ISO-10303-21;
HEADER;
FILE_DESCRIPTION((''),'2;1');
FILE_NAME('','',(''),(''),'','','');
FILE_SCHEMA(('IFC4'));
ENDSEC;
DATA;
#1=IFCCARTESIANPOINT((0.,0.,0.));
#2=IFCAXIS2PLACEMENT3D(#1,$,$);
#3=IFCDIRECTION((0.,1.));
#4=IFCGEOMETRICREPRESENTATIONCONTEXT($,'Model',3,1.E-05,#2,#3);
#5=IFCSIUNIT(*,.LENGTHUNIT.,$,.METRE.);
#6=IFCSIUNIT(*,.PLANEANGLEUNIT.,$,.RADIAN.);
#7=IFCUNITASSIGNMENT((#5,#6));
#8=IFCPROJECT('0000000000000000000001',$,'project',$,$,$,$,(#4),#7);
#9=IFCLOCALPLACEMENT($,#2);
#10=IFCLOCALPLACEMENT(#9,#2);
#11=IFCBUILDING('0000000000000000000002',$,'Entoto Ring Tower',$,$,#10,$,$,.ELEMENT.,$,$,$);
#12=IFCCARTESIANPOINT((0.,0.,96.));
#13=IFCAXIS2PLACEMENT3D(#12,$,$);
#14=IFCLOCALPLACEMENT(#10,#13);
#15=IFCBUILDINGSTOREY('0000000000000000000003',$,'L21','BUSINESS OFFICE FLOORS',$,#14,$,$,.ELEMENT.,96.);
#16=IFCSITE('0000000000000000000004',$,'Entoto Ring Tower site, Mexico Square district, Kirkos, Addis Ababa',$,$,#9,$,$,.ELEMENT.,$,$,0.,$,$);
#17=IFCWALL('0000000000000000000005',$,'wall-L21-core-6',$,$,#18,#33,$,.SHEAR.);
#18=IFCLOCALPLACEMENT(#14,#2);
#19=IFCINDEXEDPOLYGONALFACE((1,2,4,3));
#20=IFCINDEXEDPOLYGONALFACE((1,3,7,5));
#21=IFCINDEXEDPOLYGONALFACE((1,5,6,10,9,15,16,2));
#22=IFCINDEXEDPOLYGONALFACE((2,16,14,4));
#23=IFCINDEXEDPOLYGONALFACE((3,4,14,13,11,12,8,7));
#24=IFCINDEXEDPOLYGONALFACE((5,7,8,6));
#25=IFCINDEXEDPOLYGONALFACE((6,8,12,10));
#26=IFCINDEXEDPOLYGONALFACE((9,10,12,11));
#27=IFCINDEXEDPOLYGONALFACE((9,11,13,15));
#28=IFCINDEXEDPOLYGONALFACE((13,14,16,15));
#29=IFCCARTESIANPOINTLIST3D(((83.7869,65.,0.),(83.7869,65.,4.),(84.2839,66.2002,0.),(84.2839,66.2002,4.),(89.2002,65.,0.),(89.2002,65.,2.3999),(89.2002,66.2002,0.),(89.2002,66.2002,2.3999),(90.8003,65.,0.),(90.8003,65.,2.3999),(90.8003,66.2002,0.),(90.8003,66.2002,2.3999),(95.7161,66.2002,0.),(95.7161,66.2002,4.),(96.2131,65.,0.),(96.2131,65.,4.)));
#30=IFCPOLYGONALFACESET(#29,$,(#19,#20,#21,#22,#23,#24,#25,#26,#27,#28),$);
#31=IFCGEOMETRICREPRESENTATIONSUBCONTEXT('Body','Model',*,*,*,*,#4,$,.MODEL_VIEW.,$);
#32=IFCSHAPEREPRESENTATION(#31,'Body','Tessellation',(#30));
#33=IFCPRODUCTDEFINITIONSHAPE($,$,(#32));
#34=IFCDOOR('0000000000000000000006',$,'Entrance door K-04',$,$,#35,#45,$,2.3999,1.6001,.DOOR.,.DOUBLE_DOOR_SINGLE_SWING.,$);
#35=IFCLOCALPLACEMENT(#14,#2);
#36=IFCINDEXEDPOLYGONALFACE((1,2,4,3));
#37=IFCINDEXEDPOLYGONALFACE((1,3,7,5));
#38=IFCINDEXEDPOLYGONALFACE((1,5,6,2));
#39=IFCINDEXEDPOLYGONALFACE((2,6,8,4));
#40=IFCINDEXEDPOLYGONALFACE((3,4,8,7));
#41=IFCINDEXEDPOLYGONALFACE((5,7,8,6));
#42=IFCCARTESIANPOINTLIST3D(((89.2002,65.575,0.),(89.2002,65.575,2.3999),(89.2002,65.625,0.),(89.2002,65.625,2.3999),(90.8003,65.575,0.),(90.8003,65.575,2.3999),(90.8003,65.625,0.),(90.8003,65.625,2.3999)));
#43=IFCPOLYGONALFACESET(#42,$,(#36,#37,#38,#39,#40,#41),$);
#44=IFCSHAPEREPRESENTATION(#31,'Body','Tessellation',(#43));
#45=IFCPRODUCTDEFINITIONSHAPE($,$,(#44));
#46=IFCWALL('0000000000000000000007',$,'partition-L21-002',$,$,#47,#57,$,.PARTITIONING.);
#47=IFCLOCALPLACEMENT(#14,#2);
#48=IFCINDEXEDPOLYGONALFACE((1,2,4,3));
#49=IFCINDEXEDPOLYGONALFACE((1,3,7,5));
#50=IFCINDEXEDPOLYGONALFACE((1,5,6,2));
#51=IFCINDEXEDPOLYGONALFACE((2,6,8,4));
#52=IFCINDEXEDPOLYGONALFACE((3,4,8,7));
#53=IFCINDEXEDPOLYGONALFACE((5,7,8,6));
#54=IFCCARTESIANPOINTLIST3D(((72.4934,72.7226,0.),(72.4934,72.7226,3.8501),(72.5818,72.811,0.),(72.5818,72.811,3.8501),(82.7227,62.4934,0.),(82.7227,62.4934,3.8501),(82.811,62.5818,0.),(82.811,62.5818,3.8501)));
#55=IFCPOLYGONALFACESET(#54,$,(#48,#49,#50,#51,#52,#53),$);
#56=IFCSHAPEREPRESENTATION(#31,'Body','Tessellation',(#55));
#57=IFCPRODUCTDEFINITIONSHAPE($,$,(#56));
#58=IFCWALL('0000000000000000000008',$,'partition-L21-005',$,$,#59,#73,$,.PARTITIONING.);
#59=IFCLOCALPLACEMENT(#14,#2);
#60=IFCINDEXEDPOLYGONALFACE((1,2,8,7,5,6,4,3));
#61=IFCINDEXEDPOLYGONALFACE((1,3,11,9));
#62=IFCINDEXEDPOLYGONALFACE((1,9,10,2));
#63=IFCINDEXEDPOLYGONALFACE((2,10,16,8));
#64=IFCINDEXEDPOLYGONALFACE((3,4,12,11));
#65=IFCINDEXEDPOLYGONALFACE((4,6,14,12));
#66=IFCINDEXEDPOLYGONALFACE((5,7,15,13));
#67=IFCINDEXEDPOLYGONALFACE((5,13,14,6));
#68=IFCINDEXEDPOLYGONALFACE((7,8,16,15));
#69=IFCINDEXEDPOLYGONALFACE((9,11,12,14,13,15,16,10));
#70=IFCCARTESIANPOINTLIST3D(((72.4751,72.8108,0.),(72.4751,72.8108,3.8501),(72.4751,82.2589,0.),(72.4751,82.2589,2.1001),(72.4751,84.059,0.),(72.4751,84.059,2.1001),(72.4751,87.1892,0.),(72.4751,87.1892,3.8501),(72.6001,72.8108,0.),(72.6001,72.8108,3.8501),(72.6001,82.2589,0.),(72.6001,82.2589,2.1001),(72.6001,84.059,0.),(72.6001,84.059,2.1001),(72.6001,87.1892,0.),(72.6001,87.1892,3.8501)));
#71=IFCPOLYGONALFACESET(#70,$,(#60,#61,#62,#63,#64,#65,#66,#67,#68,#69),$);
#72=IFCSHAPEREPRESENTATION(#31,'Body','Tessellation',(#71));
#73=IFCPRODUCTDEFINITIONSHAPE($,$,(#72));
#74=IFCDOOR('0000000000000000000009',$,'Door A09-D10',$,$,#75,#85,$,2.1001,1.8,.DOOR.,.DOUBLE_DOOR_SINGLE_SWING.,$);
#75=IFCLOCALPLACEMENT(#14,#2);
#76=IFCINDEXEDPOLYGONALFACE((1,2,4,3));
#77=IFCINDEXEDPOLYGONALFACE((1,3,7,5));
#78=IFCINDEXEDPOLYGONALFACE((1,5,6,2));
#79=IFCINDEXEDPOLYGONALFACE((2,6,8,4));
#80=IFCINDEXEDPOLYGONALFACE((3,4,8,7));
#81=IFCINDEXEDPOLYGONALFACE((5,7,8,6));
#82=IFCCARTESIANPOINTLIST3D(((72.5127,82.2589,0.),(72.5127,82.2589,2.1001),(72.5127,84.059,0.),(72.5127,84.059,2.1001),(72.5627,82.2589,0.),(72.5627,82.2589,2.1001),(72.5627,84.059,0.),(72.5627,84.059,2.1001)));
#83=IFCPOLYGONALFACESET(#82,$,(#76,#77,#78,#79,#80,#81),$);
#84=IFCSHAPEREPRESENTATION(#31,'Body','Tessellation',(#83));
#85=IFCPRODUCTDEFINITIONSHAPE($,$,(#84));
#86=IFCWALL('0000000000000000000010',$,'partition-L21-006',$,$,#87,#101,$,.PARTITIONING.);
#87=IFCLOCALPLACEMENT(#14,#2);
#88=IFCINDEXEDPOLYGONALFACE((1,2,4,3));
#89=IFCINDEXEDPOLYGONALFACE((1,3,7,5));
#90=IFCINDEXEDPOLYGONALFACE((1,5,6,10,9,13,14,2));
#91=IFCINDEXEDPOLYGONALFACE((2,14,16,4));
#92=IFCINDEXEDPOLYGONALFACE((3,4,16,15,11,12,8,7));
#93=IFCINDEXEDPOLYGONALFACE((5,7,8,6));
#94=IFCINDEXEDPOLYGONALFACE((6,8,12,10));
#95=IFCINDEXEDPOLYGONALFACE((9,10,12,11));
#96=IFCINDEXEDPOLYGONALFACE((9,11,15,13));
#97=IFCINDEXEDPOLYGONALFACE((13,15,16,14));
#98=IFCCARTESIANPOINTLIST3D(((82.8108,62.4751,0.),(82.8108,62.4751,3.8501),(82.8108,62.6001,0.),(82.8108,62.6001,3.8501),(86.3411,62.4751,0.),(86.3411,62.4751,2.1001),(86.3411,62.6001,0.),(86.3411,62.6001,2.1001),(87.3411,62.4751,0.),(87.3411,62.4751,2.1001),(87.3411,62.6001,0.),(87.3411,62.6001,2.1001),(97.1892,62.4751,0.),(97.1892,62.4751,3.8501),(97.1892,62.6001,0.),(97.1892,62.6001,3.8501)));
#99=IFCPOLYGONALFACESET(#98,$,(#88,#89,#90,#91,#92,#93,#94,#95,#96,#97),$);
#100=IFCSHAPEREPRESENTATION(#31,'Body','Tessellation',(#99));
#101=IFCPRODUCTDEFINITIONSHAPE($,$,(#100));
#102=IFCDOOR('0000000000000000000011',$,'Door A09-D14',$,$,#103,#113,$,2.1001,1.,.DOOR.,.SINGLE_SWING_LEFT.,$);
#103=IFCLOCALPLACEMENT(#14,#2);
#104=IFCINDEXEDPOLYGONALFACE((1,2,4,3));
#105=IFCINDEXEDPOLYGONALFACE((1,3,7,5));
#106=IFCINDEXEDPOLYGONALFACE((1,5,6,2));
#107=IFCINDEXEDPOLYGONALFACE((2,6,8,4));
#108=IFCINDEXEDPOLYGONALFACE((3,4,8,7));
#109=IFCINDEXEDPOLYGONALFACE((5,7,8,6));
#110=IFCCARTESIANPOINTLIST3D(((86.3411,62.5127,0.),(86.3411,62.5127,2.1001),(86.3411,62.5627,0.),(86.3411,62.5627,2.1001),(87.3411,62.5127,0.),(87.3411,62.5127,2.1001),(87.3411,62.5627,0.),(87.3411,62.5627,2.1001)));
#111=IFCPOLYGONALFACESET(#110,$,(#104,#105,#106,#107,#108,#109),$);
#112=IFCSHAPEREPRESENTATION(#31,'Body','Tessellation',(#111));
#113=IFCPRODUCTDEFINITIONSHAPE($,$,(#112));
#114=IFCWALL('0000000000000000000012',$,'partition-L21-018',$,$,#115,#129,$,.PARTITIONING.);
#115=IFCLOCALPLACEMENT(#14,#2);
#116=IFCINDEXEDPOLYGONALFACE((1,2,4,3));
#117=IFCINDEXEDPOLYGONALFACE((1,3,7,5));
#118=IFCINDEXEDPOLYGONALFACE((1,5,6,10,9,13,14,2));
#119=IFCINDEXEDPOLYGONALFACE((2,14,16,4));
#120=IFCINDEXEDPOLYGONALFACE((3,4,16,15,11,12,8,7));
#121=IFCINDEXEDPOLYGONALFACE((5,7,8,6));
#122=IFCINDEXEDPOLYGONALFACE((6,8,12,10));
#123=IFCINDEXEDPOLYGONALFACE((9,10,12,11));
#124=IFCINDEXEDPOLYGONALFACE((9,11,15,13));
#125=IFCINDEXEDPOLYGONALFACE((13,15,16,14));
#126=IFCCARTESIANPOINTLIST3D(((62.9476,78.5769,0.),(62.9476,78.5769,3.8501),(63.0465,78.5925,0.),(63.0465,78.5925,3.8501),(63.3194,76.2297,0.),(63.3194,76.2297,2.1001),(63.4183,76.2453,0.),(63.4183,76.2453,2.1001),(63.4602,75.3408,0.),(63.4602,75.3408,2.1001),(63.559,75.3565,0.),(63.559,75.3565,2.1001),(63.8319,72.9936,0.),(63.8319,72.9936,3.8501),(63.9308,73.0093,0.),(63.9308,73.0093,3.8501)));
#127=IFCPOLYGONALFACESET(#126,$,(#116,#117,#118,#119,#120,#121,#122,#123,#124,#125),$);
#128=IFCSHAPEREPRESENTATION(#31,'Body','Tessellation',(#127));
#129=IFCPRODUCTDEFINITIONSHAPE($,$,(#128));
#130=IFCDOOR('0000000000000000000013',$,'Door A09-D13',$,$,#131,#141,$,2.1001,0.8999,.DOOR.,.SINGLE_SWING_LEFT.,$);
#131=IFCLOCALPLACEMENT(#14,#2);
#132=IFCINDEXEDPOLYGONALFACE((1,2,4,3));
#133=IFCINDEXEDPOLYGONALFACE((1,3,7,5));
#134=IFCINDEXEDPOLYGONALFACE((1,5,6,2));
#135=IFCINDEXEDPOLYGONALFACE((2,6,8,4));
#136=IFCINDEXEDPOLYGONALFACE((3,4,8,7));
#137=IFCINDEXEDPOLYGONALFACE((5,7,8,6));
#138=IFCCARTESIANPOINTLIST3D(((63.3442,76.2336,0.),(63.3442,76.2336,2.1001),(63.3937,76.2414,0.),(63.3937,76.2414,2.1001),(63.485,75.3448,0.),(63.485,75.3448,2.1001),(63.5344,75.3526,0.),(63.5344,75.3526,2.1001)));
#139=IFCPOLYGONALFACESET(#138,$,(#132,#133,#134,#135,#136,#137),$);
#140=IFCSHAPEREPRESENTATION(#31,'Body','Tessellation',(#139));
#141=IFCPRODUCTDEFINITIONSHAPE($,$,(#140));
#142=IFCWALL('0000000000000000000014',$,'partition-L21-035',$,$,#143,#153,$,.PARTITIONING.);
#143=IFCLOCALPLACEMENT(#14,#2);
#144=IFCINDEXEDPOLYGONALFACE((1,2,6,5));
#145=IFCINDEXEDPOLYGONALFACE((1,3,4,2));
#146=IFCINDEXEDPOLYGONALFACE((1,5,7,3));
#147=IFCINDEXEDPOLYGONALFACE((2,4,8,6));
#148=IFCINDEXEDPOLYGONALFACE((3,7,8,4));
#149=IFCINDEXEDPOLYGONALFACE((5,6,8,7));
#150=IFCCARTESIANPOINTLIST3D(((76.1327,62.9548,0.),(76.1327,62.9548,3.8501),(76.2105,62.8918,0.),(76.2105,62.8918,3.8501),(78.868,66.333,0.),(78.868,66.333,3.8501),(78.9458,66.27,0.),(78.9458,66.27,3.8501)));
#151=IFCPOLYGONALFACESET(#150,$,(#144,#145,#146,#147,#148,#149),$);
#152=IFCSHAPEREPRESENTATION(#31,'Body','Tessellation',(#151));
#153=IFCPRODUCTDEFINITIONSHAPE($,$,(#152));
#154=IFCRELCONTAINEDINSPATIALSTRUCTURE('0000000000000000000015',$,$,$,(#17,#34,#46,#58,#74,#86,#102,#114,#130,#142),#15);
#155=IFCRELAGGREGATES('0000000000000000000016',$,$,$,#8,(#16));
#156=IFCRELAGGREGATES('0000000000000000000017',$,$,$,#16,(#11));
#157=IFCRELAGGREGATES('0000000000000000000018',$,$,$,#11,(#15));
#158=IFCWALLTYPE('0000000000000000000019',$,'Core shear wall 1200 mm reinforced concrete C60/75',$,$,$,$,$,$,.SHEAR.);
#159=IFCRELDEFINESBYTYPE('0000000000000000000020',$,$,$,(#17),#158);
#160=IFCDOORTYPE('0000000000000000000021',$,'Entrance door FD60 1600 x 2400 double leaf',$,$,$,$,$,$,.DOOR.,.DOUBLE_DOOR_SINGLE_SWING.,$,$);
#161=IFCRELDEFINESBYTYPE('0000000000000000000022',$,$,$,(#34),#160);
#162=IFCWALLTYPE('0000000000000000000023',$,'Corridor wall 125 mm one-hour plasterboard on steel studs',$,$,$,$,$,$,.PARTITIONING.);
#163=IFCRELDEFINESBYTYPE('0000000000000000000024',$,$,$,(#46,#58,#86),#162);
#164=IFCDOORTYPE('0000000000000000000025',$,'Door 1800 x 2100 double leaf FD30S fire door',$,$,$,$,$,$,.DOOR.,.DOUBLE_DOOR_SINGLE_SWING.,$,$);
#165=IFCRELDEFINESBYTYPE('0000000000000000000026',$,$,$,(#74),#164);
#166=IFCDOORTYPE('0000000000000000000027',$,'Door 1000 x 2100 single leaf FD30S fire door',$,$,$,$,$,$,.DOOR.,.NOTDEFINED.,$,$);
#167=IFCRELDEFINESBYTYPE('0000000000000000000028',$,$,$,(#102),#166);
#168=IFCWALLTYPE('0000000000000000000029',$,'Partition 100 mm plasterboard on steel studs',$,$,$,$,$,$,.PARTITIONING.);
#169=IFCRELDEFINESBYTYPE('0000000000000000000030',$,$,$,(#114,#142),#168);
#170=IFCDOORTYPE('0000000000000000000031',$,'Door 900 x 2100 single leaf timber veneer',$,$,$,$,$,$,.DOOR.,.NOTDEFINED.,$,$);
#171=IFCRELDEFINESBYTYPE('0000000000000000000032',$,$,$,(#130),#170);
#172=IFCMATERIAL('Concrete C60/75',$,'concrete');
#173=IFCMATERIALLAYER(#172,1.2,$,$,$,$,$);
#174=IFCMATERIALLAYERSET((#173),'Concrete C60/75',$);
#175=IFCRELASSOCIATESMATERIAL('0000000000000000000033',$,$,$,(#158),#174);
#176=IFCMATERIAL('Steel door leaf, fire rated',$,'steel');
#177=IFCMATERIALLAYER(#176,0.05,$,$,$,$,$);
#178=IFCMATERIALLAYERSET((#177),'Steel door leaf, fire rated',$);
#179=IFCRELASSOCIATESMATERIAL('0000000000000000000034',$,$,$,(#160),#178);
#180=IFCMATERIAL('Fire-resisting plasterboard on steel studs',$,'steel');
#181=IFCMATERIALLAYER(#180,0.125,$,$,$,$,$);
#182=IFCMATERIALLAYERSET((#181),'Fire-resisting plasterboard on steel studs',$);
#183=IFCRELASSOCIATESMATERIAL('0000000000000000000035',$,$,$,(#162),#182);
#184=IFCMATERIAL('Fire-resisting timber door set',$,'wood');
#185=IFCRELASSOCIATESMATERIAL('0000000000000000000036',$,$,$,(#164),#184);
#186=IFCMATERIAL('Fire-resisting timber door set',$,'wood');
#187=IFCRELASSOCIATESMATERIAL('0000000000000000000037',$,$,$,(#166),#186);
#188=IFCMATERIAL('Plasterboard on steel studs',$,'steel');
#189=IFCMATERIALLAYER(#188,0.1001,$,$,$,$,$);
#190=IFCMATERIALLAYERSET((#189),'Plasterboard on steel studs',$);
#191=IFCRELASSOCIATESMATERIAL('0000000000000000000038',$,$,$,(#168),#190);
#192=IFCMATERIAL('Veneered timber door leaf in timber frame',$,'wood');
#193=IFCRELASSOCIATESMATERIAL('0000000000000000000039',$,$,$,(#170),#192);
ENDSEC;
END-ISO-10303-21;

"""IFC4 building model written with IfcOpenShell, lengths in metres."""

from ifc_helpers import new_model, si_unit, direction, frame, frame_2d, origin, place, context, subcontext, project, spatial, polyline, rectangle, outline, extrude, material, layer, layer_set, type_object, element, fill, save


model = new_model("IFC4")

# Units and contexts
model_context = context("Model", 3, precision=1e-05, world=origin(), true_north=direction((0.0, 1.0)))
body_context = subcontext(model_context, "Body", "Model", "MODEL_VIEW")
ifc_project = project(units=[si_unit("LENGTHUNIT", "METRE"), si_unit("PLANEANGLEUNIT", "RADIAN")], contexts=[model_context])

# Site, building, storey
site_placement = place(None, origin())
site = spatial("IfcSite", under=ifc_project, at=site_placement, Name="Entoto Ring Tower site, Mexico Square district, Kirkos, Addis Ababa", CompositionType="ELEMENT", RefElevation=0.0)
building_placement = place(site_placement, origin())
building = spatial("IfcBuilding", under=site, at=building_placement, Name="Entoto Ring Tower", CompositionType="ELEMENT")
storey_placement = place(building_placement, frame((0.0, 0.0, 96.0)))
storey = spatial("IfcBuildingStorey", under=building, at=storey_placement, Name="L21", Description="BUSINESS OFFICE FLOORS", CompositionType="ELEMENT", Elevation=96.0)

# Wall, opening, door
ifc_material_1 = material(Name="Concrete C60/75", Category="concrete")
ifc_layer_1 = layer(ifc_material_1, 1.2)
ifc_layer_set_1 = layer_set([ifc_layer_1], Name="Concrete C60/75")
wall_type_1 = type_object("IfcWallType", Name="Core shear wall 1200 mm reinforced concrete C60/75", PredefinedType="SHEAR", material=ifc_layer_set_1)
wall_1_placement = place(storey_placement, frame((84.0354, 65.6001, 0.0), z_axis=(0.0, 0.0, 1.0), x_axis=(1.0, 0.0, 0.0)))
wall_1 = element("IfcWall", 1, at=wall_1_placement, inside=storey, type_object=wall_type_1, Name="wall-L21-core-6", PredefinedType="SHEAR", context=body_context, shape_type="SweptSolid", body=[
    extrude(outline(polyline([(-0.2485, -0.6001), (12.1777, -0.6001), (11.6807, 0.6001), (0.2485, 0.6001), (-0.2485, -0.6001)])), origin(), (0.0, 0.0, 1.0), 4.0),
])
opening_1_placement = place(wall_1_placement, frame((5.1648, 0.0, 0.0)))
opening_1 = element("IfcOpeningElement", 2, at=opening_1_placement, cuts=wall_1, PredefinedType="OPENING", context=body_context, shape_type="SweptSolid", body=[
    extrude(rectangle(XDim=1.6001, YDim=2.3999, at=frame_2d((0.8, 1.2))), frame((0.0, 0.6099, 0.0), z_axis=(0.0, -1.0, 0.0), x_axis=(1.0, 0.0, 0.0)), (0.0, 0.0, 1.0), 1.22),
])
ifc_material_2 = material(Name="Steel door leaf, fire rated", Category="steel")
ifc_layer_2 = layer(ifc_material_2, 0.05)
ifc_layer_set_2 = layer_set([ifc_layer_2], Name="Steel door leaf, fire rated")
door_type_1 = type_object("IfcDoorType", Name="Entrance door FD60 1600 x 2400 double leaf", OperationType="DOUBLE_DOOR_SINGLE_SWING", PredefinedType="DOOR", material=ifc_layer_set_2)
door_1_placement = place(opening_1_placement, origin())
door_1 = element("IfcDoor", 3, at=door_1_placement, inside=storey, type_object=door_type_1, Name="Entrance door K-04", OperationType="DOUBLE_DOOR_SINGLE_SWING", OverallHeight=2.3999, OverallWidth=1.6001, PredefinedType="DOOR", context=body_context, shape_type="SweptSolid", body=[
    extrude(rectangle(XDim=1.6001, YDim=2.3999, at=frame_2d((0.8, 1.2))), frame((0.0, 0.0249, 0.0), z_axis=(0.0, -1.0, 0.0), x_axis=(1.0, 0.0, 0.0)), (0.0, 0.0, 1.0), 0.05),
])
fill(opening_1, door_1)

# Wall
ifc_material_3 = material(Name="Fire-resisting plasterboard on steel studs", Category="steel")
ifc_layer_3 = layer(ifc_material_3, 0.125)
ifc_layer_set_3 = layer_set([ifc_layer_3], Name="Fire-resisting plasterboard on steel studs")
wall_type_2 = type_object("IfcWallType", Name="Corridor wall 125 mm one-hour plasterboard on steel studs", PredefinedType="PARTITIONING", material=ifc_layer_set_3)
wall_2_placement = place(storey_placement, frame((82.7668, 62.5376, 0.0), z_axis=(0.0, 0.0, 1.0), x_axis=(-0.707107, 0.707107, 0.0)))
element("IfcWall", 4, at=wall_2_placement, inside=storey, type_object=wall_type_2, Name="partition-L21-002", PredefinedType="PARTITIONING", context=body_context, shape_type="SweptSolid", body=[
    extrude(rectangle(XDim=14.4663, YDim=0.125, at=frame_2d((7.2332, 0.0))), origin(), (0.0, 0.0, 1.0), 3.8501),
])

# Walls, openings, doors
wall_3_placement = place(storey_placement, frame((72.5376, 72.8108, 0.0), z_axis=(0.0, 0.0, 1.0), x_axis=(0.0, 1.0, 0.0)))
wall_3 = element("IfcWall", 5, at=wall_3_placement, inside=storey, type_object=wall_type_2, Name="partition-L21-005", PredefinedType="PARTITIONING", context=body_context, shape_type="SweptSolid", body=[
    extrude(rectangle(XDim=14.3784, YDim=0.125, at=frame_2d((7.1892, 0.0))), origin(), (0.0, 0.0, 1.0), 3.8501),
])
opening_2_placement = place(wall_3_placement, frame((9.4482, 0.0, 0.0)))
opening_2 = element("IfcOpeningElement", 6, at=opening_2_placement, cuts=wall_3, PredefinedType="OPENING", context=body_context, shape_type="SweptSolid", body=[
    extrude(rectangle(XDim=1.8, YDim=2.1001, at=frame_2d((0.8999, 1.05))), frame((0.0, 0.0725, 0.0), z_axis=(0.0, -1.0, 0.0), x_axis=(1.0, 0.0, 0.0)), (0.0, 0.0, 1.0), 0.145),
])
ifc_material_4 = material(Name="Fire-resisting timber door set", Category="wood")
door_type_2 = type_object("IfcDoorType", Name="Door 1800 x 2100 double leaf FD30S fire door", OperationType="DOUBLE_DOOR_SINGLE_SWING", PredefinedType="DOOR", material=ifc_material_4)
door_2_placement = place(opening_2_placement, origin())
door_2 = element("IfcDoor", 7, at=door_2_placement, inside=storey, type_object=door_type_2, Name="Door A09-D10", OperationType="DOUBLE_DOOR_SINGLE_SWING", OverallHeight=2.1001, OverallWidth=1.8, PredefinedType="DOOR", context=body_context, shape_type="SweptSolid", body=[
    extrude(rectangle(XDim=1.8, YDim=2.1001, at=frame_2d((0.8999, 1.05))), frame((0.0, 0.0249, 0.0), z_axis=(0.0, -1.0, 0.0), x_axis=(1.0, 0.0, 0.0)), (0.0, 0.0, 1.0), 0.05),
])
fill(opening_2, door_2)
wall_4_placement = place(storey_placement, frame((82.8108, 62.5376, 0.0), z_axis=(0.0, 0.0, 1.0), x_axis=(1.0, 0.0, 0.0)))
wall_4 = element("IfcWall", 8, at=wall_4_placement, inside=storey, type_object=wall_type_2, Name="partition-L21-006", PredefinedType="PARTITIONING", context=body_context, shape_type="SweptSolid", body=[
    extrude(rectangle(XDim=14.3784, YDim=0.125, at=frame_2d((7.1892, 0.0))), origin(), (0.0, 0.0, 1.0), 3.8501),
])
opening_3_placement = place(wall_4_placement, frame((3.5303, 0.0, 0.0)))
opening_3 = element("IfcOpeningElement", 9, at=opening_3_placement, cuts=wall_4, PredefinedType="OPENING", context=body_context, shape_type="SweptSolid", body=[
    extrude(rectangle(XDim=1.0, YDim=2.1001, at=frame_2d((0.5, 1.05))), frame((0.0, 0.0725, 0.0), z_axis=(0.0, -1.0, 0.0), x_axis=(1.0, 0.0, 0.0)), (0.0, 0.0, 1.0), 0.145),
])
ifc_material_5 = material(Name="Fire-resisting timber door set", Category="wood")
door_type_3 = type_object("IfcDoorType", Name="Door 1000 x 2100 single leaf FD30S fire door", OperationType="NOTDEFINED", PredefinedType="DOOR", material=ifc_material_5)
door_3_placement = place(opening_3_placement, frame((1.0, 0.0, 0.0), z_axis=(0.0, 0.0, 1.0), x_axis=(-1.0, 0.0, 0.0)))
door_3 = element("IfcDoor", 10, at=door_3_placement, inside=storey, type_object=door_type_3, Name="Door A09-D14", OperationType="SINGLE_SWING_LEFT", OverallHeight=2.1001, OverallWidth=1.0, PredefinedType="DOOR", context=body_context, shape_type="SweptSolid", body=[
    extrude(rectangle(XDim=1.0, YDim=2.1001, at=frame_2d((0.5, 1.05))), frame((0.0, 0.0249, 0.0), z_axis=(0.0, -1.0, 0.0), x_axis=(1.0, 0.0, 0.0)), (0.0, 0.0, 1.0), 0.05),
])
fill(opening_3, door_3)
ifc_material_6 = material(Name="Plasterboard on steel studs", Category="steel")
ifc_layer_4 = layer(ifc_material_6, 0.1001)
ifc_layer_set_4 = layer_set([ifc_layer_4], Name="Plasterboard on steel studs")
wall_type_3 = type_object("IfcWallType", Name="Partition 100 mm plasterboard on steel studs", PredefinedType="PARTITIONING", material=ifc_layer_set_4)
wall_5_placement = place(storey_placement, frame((63.8813, 73.0015, 0.0), z_axis=(0.0, 0.0, 1.0), x_axis=(-0.156431, 0.987689, 0.0)))
wall_5 = element("IfcWall", 11, at=wall_5_placement, inside=storey, type_object=wall_type_3, Name="partition-L21-018", PredefinedType="PARTITIONING", context=body_context, shape_type="SweptSolid", body=[
    extrude(rectangle(XDim=5.6528, YDim=0.1001, at=frame_2d((2.8264, 0.0))), origin(), (0.0, 0.0, 1.0), 3.8501),
])
opening_4_placement = place(wall_5_placement, frame((2.3765, 0.0, 0.0)))
opening_4 = element("IfcOpeningElement", 12, at=opening_4_placement, cuts=wall_5, PredefinedType="OPENING", context=body_context, shape_type="SweptSolid", body=[
    extrude(rectangle(XDim=0.8999, YDim=2.1001, at=frame_2d((0.45, 1.05))), frame((0.0, 0.0601, 0.0), z_axis=(0.0, -1.0, 0.0), x_axis=(1.0, 0.0, 0.0)), (0.0, 0.0, 1.0), 0.1201),
])
ifc_material_7 = material(Name="Veneered timber door leaf in timber frame", Category="wood")
door_type_4 = type_object("IfcDoorType", Name="Door 900 x 2100 single leaf timber veneer", OperationType="NOTDEFINED", PredefinedType="DOOR", material=ifc_material_7)
door_4_placement = place(opening_4_placement, origin())
door_4 = element("IfcDoor", 13, at=door_4_placement, inside=storey, type_object=door_type_4, Name="Door A09-D13", OperationType="SINGLE_SWING_LEFT", OverallHeight=2.1001, OverallWidth=0.8999, PredefinedType="DOOR", context=body_context, shape_type="SweptSolid", body=[
    extrude(rectangle(XDim=0.8999, YDim=2.1001, at=frame_2d((0.45, 1.05))), frame((0.0, 0.0249, 0.0), z_axis=(0.0, -1.0, 0.0), x_axis=(1.0, 0.0, 0.0)), (0.0, 0.0, 1.0), 0.05),
])
fill(opening_4, door_4)

# Wall
wall_6_placement = place(storey_placement, frame((76.1716, 62.9233, 0.0), z_axis=(0.0, 0.0, 1.0), x_axis=(0.629287, 0.777173, 0.0)))
element("IfcWall", 14, at=wall_6_placement, inside=storey, type_object=wall_type_3, Name="partition-L21-035", PredefinedType="PARTITIONING", context=body_context, shape_type="SweptSolid", body=[
    extrude(rectangle(XDim=4.3467, YDim=0.1001, at=frame_2d((2.1733, 0.0))), origin(), (0.0, 0.0, 1.0), 3.8501),
])

save(model, "model.ifc")
